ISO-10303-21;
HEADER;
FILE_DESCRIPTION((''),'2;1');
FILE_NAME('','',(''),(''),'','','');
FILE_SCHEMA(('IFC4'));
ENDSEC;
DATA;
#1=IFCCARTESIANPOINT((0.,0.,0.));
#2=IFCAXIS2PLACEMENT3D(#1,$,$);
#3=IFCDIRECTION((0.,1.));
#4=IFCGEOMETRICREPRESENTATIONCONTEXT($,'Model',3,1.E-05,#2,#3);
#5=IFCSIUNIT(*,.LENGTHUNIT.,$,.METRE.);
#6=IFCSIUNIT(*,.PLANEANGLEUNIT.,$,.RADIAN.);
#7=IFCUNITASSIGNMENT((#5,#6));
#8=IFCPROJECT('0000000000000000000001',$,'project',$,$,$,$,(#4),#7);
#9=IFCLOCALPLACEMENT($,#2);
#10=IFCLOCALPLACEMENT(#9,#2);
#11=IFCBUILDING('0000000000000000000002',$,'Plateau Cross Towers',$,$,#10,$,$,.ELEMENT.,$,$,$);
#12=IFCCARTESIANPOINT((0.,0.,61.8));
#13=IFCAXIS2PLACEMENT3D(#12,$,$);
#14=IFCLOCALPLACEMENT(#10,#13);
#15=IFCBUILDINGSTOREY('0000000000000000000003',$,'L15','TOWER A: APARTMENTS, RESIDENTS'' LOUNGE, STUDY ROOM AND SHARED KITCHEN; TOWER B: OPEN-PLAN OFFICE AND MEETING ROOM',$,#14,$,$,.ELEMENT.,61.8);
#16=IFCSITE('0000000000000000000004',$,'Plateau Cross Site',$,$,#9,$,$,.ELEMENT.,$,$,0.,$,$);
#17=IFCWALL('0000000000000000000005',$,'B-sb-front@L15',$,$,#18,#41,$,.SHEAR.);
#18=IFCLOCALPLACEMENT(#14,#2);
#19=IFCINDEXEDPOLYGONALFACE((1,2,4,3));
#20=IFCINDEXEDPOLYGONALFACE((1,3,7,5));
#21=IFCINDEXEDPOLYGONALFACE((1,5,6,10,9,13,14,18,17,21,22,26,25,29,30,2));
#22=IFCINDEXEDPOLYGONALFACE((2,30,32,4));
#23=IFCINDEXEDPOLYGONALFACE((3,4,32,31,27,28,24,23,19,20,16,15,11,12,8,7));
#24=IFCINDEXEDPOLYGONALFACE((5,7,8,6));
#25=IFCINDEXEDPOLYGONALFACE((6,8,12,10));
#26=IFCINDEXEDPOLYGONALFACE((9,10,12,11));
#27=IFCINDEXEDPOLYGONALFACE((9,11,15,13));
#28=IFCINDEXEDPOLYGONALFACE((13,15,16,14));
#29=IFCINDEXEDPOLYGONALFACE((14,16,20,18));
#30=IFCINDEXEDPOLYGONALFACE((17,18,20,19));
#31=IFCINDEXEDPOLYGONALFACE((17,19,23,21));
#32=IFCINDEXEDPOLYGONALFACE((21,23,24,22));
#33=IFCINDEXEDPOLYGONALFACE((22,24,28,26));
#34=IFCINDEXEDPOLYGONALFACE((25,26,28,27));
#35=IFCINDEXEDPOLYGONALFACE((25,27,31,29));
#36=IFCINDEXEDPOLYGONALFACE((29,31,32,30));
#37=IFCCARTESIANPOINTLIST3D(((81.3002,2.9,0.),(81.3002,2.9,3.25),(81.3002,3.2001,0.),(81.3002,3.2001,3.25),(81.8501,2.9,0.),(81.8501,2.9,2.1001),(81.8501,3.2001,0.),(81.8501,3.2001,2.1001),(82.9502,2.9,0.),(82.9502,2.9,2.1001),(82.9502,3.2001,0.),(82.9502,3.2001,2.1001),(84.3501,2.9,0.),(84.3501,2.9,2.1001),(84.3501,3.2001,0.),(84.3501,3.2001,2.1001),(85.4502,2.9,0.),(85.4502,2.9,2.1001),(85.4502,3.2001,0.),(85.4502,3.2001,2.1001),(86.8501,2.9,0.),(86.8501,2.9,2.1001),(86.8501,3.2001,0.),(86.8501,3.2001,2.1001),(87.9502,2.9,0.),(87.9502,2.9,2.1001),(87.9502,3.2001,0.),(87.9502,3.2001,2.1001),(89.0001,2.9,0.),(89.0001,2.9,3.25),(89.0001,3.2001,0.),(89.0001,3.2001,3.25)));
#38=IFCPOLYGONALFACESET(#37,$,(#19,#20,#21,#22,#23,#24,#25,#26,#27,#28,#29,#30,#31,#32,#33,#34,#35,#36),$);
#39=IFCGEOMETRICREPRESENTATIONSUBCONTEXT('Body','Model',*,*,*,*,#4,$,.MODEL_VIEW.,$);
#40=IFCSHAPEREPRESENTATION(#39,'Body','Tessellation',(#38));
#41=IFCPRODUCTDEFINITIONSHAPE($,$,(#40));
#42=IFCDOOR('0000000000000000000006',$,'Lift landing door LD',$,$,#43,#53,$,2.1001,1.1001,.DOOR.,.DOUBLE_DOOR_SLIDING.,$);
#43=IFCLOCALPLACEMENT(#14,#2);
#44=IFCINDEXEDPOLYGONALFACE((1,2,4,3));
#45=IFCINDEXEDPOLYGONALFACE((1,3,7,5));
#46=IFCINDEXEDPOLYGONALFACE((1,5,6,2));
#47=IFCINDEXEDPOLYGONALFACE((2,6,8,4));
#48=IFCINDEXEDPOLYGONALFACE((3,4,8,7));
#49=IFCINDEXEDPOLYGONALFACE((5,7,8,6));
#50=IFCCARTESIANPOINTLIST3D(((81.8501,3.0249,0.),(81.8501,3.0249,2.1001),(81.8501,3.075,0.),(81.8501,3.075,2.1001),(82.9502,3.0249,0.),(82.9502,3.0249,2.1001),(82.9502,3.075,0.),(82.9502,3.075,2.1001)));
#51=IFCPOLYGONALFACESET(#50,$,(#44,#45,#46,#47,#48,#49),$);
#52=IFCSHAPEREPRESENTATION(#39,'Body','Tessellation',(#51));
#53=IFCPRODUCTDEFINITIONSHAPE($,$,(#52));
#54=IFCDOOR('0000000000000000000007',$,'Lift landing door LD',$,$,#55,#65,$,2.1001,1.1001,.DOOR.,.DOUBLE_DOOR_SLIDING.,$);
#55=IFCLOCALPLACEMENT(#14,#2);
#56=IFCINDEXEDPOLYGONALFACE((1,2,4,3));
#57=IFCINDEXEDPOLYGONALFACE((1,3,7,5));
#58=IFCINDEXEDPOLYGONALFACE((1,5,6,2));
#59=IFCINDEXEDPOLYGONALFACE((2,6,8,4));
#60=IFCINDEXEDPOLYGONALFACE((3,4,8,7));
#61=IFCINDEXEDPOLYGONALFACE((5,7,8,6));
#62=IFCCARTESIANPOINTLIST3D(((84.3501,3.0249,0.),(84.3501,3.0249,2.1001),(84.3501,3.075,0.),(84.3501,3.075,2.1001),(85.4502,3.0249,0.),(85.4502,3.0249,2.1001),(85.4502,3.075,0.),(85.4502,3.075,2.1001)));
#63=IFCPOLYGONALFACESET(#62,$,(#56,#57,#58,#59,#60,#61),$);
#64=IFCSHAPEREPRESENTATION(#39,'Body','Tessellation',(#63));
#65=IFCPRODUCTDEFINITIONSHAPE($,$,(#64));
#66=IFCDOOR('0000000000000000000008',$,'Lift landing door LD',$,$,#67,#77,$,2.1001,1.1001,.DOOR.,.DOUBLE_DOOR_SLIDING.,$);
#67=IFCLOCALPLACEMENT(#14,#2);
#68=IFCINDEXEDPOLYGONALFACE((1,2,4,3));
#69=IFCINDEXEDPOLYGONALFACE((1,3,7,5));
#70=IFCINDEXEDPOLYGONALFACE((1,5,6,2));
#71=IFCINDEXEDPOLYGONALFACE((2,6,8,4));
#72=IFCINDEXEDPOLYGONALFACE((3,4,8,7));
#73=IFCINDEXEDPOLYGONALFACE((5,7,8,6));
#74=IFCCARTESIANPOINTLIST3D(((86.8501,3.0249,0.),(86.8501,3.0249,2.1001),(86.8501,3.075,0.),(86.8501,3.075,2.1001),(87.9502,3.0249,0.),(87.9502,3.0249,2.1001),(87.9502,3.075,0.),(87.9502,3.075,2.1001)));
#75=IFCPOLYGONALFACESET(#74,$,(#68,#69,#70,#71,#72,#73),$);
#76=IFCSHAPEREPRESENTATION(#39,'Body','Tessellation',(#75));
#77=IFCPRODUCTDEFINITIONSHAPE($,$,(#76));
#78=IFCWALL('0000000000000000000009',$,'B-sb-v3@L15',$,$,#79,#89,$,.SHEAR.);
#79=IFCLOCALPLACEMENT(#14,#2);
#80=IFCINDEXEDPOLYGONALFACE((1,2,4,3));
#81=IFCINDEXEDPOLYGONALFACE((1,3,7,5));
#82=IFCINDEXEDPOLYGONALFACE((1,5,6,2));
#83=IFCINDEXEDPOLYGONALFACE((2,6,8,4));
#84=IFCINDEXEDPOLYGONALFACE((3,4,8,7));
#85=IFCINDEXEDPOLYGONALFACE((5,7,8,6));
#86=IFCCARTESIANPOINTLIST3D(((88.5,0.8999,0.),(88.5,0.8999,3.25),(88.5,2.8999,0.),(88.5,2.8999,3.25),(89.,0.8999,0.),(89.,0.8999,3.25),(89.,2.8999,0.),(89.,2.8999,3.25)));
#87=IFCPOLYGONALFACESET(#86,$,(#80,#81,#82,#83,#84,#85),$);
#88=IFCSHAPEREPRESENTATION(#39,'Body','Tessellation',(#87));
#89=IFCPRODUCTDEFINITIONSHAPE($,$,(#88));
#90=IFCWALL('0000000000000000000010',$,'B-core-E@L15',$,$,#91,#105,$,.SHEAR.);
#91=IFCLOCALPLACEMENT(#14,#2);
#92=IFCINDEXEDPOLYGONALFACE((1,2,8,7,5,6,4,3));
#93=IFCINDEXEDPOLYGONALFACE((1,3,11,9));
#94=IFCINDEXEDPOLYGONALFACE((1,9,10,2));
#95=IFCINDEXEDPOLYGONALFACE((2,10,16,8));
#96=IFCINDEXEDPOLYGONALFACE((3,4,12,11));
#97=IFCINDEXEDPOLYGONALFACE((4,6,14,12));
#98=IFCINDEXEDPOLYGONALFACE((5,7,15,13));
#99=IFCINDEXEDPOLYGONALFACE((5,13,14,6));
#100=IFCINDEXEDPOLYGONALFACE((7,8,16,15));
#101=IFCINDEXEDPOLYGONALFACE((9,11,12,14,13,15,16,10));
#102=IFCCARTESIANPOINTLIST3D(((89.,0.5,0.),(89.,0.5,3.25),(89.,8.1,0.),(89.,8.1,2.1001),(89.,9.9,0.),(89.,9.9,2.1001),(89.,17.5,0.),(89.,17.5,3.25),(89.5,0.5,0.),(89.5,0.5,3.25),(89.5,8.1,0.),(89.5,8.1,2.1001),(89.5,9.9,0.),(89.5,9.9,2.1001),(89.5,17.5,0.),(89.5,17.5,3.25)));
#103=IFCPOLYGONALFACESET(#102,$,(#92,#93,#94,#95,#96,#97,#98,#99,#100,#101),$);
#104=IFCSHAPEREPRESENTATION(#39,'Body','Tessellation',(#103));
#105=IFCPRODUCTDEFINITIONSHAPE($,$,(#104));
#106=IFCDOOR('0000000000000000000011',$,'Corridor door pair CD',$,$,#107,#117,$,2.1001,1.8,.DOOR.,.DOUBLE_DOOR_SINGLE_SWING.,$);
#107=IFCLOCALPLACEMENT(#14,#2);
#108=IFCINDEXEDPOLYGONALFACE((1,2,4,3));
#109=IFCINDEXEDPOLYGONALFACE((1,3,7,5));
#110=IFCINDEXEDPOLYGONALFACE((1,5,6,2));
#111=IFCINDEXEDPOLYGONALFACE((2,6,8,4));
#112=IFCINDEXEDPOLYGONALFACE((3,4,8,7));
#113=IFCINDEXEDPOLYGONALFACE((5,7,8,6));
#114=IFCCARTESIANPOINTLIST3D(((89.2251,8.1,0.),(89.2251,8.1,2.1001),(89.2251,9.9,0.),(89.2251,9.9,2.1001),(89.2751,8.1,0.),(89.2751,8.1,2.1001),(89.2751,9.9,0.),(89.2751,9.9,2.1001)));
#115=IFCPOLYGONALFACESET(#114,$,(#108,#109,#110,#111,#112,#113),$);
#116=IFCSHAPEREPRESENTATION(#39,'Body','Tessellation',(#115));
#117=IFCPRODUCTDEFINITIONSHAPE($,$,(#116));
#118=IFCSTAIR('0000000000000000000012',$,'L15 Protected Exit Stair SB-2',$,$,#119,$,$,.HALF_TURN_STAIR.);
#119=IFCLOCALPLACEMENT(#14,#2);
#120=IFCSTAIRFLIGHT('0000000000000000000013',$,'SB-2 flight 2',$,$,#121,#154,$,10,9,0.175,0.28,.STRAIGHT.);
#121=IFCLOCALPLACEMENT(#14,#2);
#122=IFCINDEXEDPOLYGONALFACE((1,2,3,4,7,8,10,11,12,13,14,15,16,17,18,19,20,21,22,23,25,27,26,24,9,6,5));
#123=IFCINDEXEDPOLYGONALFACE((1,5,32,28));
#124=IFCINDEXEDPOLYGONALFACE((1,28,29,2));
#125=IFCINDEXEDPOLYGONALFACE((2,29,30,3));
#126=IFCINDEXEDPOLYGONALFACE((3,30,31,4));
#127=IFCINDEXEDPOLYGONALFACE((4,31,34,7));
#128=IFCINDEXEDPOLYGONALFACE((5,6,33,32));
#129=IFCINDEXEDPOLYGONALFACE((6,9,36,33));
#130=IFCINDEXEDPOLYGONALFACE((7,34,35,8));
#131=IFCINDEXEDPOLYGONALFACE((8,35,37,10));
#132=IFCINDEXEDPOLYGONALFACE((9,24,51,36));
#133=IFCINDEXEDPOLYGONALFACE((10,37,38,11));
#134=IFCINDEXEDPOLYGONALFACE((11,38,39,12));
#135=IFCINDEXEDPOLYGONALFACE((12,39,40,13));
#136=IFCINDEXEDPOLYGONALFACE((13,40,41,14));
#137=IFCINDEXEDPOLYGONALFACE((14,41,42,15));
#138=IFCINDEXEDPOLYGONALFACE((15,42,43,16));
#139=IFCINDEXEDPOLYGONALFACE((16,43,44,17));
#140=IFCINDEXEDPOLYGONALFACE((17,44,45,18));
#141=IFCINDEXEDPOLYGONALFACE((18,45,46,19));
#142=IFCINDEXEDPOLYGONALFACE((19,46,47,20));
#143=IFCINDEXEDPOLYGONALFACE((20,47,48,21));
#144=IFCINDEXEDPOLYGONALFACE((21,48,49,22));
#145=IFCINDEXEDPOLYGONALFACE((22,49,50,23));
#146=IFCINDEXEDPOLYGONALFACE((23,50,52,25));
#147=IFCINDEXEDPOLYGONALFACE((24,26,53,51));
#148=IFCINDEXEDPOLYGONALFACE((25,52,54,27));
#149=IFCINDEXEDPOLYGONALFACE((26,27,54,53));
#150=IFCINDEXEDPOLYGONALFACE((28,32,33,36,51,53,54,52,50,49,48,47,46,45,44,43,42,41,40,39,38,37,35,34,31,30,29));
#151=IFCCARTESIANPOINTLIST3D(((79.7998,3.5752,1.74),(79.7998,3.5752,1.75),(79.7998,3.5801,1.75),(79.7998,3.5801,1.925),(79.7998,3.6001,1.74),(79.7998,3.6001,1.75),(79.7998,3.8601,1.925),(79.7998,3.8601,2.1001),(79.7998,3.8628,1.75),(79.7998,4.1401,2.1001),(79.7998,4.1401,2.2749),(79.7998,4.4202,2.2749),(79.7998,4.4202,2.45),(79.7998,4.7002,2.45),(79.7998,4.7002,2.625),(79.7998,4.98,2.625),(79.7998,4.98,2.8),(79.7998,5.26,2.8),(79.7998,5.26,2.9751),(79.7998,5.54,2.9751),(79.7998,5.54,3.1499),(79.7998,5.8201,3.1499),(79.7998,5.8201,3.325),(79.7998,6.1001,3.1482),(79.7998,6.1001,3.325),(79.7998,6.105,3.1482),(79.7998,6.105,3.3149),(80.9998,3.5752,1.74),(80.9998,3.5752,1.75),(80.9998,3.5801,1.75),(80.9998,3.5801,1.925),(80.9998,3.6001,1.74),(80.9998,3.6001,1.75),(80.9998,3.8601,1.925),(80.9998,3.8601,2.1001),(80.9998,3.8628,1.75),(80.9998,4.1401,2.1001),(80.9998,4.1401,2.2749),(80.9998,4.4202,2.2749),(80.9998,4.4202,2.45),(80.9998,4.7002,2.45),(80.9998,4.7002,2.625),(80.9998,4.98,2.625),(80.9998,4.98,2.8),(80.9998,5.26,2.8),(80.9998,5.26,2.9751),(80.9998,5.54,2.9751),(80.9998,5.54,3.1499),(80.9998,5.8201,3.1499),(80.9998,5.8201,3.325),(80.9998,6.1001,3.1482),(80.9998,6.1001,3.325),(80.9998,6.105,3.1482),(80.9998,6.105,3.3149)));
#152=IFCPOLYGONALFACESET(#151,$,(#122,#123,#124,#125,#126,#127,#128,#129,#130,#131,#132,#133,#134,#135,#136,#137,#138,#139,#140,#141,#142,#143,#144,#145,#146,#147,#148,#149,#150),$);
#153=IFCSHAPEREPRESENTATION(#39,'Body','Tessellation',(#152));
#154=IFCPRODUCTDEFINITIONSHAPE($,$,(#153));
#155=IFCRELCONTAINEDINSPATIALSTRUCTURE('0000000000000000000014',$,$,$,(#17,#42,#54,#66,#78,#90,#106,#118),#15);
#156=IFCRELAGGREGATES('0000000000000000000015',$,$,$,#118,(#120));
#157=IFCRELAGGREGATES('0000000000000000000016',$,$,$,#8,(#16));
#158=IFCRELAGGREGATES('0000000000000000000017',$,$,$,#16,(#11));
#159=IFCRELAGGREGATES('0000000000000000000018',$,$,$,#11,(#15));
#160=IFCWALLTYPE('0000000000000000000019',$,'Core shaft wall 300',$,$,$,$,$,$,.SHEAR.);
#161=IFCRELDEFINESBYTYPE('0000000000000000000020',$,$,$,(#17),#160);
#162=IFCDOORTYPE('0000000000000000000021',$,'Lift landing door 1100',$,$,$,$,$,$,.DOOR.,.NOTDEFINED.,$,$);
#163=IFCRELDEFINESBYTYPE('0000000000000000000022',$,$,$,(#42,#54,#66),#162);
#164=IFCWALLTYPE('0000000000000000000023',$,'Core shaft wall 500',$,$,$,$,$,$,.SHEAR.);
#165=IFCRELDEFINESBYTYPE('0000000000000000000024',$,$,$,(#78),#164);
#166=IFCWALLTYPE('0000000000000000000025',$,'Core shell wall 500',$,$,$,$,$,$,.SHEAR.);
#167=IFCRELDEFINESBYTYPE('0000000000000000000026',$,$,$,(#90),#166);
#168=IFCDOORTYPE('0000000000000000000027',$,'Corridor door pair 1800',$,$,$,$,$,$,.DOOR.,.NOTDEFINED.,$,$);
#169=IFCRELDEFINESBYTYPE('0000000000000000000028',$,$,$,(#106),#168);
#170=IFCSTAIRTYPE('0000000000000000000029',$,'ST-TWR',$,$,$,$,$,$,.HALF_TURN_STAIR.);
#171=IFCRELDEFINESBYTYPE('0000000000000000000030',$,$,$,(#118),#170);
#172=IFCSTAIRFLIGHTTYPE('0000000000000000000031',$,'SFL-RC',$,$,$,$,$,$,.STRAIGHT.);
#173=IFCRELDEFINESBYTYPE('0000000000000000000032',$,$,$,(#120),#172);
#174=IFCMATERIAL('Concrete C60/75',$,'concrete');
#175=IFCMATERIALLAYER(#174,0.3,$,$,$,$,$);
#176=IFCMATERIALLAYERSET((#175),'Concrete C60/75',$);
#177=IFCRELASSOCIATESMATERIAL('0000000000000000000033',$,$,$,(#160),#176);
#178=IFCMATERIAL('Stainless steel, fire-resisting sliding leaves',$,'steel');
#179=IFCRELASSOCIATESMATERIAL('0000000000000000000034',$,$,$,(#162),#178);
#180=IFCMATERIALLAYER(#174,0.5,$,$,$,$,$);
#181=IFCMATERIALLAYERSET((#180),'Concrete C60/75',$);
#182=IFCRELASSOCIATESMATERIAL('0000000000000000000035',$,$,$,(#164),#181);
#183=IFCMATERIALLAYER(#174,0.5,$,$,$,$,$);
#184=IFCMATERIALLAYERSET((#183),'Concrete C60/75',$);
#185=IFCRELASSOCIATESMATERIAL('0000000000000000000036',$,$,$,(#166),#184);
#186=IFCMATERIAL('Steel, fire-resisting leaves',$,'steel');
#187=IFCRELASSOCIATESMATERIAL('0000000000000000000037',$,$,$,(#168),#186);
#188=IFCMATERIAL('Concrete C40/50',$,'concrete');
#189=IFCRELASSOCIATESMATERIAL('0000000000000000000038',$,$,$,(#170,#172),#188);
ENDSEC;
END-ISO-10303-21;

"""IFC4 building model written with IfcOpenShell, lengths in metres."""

from ifc_helpers import new_model, si_unit, direction, frame, frame_2d, origin, place, context, subcontext, project, spatial, polyline, rectangle, outline, extrude, material, layer, layer_set, type_object, element, fill, aggregate, save


model = new_model("IFC4")

# Units and contexts
model_context = context("Model", 3, precision=1e-05, world=origin(), true_north=direction((0.0, 1.0)))
body_context = subcontext(model_context, "Body", "Model", "MODEL_VIEW")
ifc_project = project(units=[si_unit("LENGTHUNIT", "METRE"), si_unit("PLANEANGLEUNIT", "RADIAN")], contexts=[model_context])

# Site, building, storey
site_placement = place(None, origin())
site = spatial("IfcSite", under=ifc_project, at=site_placement, Name="Plateau Cross Site", CompositionType="ELEMENT", RefElevation=0.0)
building_placement = place(site_placement, origin())
building = spatial("IfcBuilding", under=site, at=building_placement, Name="Plateau Cross Towers", CompositionType="ELEMENT")
storey_placement = place(building_placement, frame((0.0, 0.0, 61.8)))
storey = spatial("IfcBuildingStorey", under=building, at=storey_placement, Name="L15", Description="TOWER A: APARTMENTS, RESIDENTS' LOUNGE, STUDY ROOM AND SHARED KITCHEN; TOWER B: OPEN-PLAN OFFICE AND MEETING ROOM", CompositionType="ELEMENT", Elevation=61.8)

# Shared definitions
ifc_material_1 = material(Name="Concrete C60/75", Category="concrete")

# Shared definitions
ifc_layer_1 = layer(ifc_material_1, 0.3)
ifc_layer_set_1 = layer_set([ifc_layer_1], Name="Concrete C60/75")
wall_type_1 = type_object("IfcWallType", Name="Core shaft wall 300", PredefinedType="SHEAR", material=ifc_layer_set_1)

# Wall, openings, doors
wall_1_placement = place(storey_placement, frame((81.3, 3.05, 0.0), z_axis=(0.0, 0.0, 1.0), x_axis=(1.0, 0.0, 0.0)))
wall_1 = element("IfcWall", 1, at=wall_1_placement, inside=storey, type_object=wall_type_1, Name="B-sb-front@L15", PredefinedType="SHEAR", context=body_context, shape_type="SweptSolid", body=[
    extrude(rectangle(XDim=7.7, YDim=0.3, at=frame_2d((3.8501, 0.0))), origin(), (0.0, 0.0, 1.0), 3.25),
])
opening_1_placement = place(wall_1_placement, frame((0.55, 0.0, 0.0)))
opening_1 = element("IfcOpeningElement", 2, at=opening_1_placement, cuts=wall_1, PredefinedType="OPENING", context=body_context, shape_type="SweptSolid", body=[
    extrude(rectangle(XDim=1.1001, YDim=2.1001, at=frame_2d((0.55, 1.05))), frame((0.0, 0.1599, 0.0), z_axis=(0.0, -1.0, 0.0), x_axis=(1.0, 0.0, 0.0)), (0.0, 0.0, 1.0), 0.3201),
])
opening_2_placement = place(wall_1_placement, frame((3.05, 0.0, 0.0)))
opening_2 = element("IfcOpeningElement", 3, at=opening_2_placement, cuts=wall_1, PredefinedType="OPENING", context=body_context, shape_type="SweptSolid", body=[
    extrude(rectangle(XDim=1.1001, YDim=2.1001, at=frame_2d((0.55, 1.05))), frame((0.0, 0.1599, 0.0), z_axis=(0.0, -1.0, 0.0), x_axis=(1.0, 0.0, 0.0)), (0.0, 0.0, 1.0), 0.3201),
])
opening_3_placement = place(wall_1_placement, frame((5.55, 0.0, 0.0)))
opening_3 = element("IfcOpeningElement", 4, at=opening_3_placement, cuts=wall_1, PredefinedType="OPENING", context=body_context, shape_type="SweptSolid", body=[
    extrude(rectangle(XDim=1.1001, YDim=2.1001, at=frame_2d((0.55, 1.05))), frame((0.0, 0.1599, 0.0), z_axis=(0.0, -1.0, 0.0), x_axis=(1.0, 0.0, 0.0)), (0.0, 0.0, 1.0), 0.3201),
])
ifc_material_2 = material(Name="Stainless steel, fire-resisting sliding leaves", Category="steel")
door_type_1 = type_object("IfcDoorType", Name="Lift landing door 1100", OperationType="NOTDEFINED", PredefinedType="DOOR", material=ifc_material_2)
door_1_placement = place(opening_1_placement, origin())
door_1 = element("IfcDoor", 5, at=door_1_placement, inside=storey, type_object=door_type_1, Name="Lift landing door LD", OperationType="DOUBLE_DOOR_SLIDING", OverallHeight=2.1001, OverallWidth=1.1001, PredefinedType="DOOR", context=body_context, shape_type="SweptSolid", body=[
    extrude(rectangle(XDim=1.1001, YDim=2.1001, at=frame_2d((0.55, 1.05))), frame((0.0, 0.0249, 0.0), z_axis=(0.0, -1.0, 0.0), x_axis=(1.0, 0.0, 0.0)), (0.0, 0.0, 1.0), 0.05),
])
fill(opening_1, door_1)
door_2_placement = place(opening_2_placement, origin())
door_2 = element("IfcDoor", 6, at=door_2_placement, inside=storey, type_object=door_type_1, Name="Lift landing door LD", OperationType="DOUBLE_DOOR_SLIDING", OverallHeight=2.1001, OverallWidth=1.1001, PredefinedType="DOOR", context=body_context, shape_type="SweptSolid", body=[
    extrude(rectangle(XDim=1.1001, YDim=2.1001, at=frame_2d((0.55, 1.05))), frame((0.0, 0.0249, 0.0), z_axis=(0.0, -1.0, 0.0), x_axis=(1.0, 0.0, 0.0)), (0.0, 0.0, 1.0), 0.05),
])
fill(opening_2, door_2)
door_3_placement = place(opening_3_placement, origin())
door_3 = element("IfcDoor", 7, at=door_3_placement, inside=storey, type_object=door_type_1, Name="Lift landing door LD", OperationType="DOUBLE_DOOR_SLIDING", OverallHeight=2.1001, OverallWidth=1.1001, PredefinedType="DOOR", context=body_context, shape_type="SweptSolid", body=[
    extrude(rectangle(XDim=1.1001, YDim=2.1001, at=frame_2d((0.55, 1.05))), frame((0.0, 0.0249, 0.0), z_axis=(0.0, -1.0, 0.0), x_axis=(1.0, 0.0, 0.0)), (0.0, 0.0, 1.0), 0.05),
])
fill(opening_3, door_3)

# Wall
ifc_layer_2 = layer(ifc_material_1, 0.5)
ifc_layer_set_2 = layer_set([ifc_layer_2], Name="Concrete C60/75")
wall_type_2 = type_object("IfcWallType", Name="Core shaft wall 500", PredefinedType="SHEAR", material=ifc_layer_set_2)
wall_2_placement = place(storey_placement, frame((88.75, 0.8999, 0.0), z_axis=(0.0, 0.0, 1.0), x_axis=(0.0, 1.0, 0.0)))
element("IfcWall", 8, at=wall_2_placement, inside=storey, type_object=wall_type_2, Name="B-sb-v3@L15", PredefinedType="SHEAR", context=body_context, shape_type="SweptSolid", body=[
    extrude(rectangle(XDim=2.0, YDim=0.5, at=frame_2d((1.0, 0.0))), origin(), (0.0, 0.0, 1.0), 3.25),
])

# Wall, opening, door
ifc_layer_3 = layer(ifc_material_1, 0.5)
ifc_layer_set_3 = layer_set([ifc_layer_3], Name="Concrete C60/75")
wall_type_3 = type_object("IfcWallType", Name="Core shell wall 500", PredefinedType="SHEAR", material=ifc_layer_set_3)
wall_3_placement = place(storey_placement, frame((89.25, 0.5, 0.0), z_axis=(0.0, 0.0, 1.0), x_axis=(0.0, 1.0, 0.0)))
wall_3 = element("IfcWall", 9, at=wall_3_placement, inside=storey, type_object=wall_type_3, Name="B-core-E@L15", PredefinedType="SHEAR", context=body_context, shape_type="SweptSolid", body=[
    extrude(rectangle(XDim=17.0, YDim=0.5, at=frame_2d((8.5, 0.0))), origin(), (0.0, 0.0, 1.0), 3.25),
])
opening_4_placement = place(wall_3_placement, frame((7.6001, 0.0, 0.0)))
opening_4 = element("IfcOpeningElement", 10, at=opening_4_placement, cuts=wall_3, PredefinedType="OPENING", context=body_context, shape_type="SweptSolid", body=[
    extrude(rectangle(XDim=1.8, YDim=2.1001, at=frame_2d((0.8999, 1.05))), frame((0.0, 0.26, 0.0), z_axis=(0.0, -1.0, 0.0), x_axis=(1.0, 0.0, 0.0)), (0.0, 0.0, 1.0), 0.52),
])
ifc_material_3 = material(Name="Steel, fire-resisting leaves", Category="steel")
door_type_2 = type_object("IfcDoorType", Name="Corridor door pair 1800", OperationType="NOTDEFINED", PredefinedType="DOOR", material=ifc_material_3)
door_4_placement = place(opening_4_placement, origin())
door_4 = element("IfcDoor", 11, at=door_4_placement, inside=storey, type_object=door_type_2, Name="Corridor door pair CD", OperationType="DOUBLE_DOOR_SINGLE_SWING", OverallHeight=2.1001, OverallWidth=1.8, PredefinedType="DOOR", context=body_context, shape_type="SweptSolid", body=[
    extrude(rectangle(XDim=1.8, YDim=2.1001, at=frame_2d((0.8999, 1.05))), frame((0.0, 0.0249, 0.0), z_axis=(0.0, -1.0, 0.0), x_axis=(1.0, 0.0, 0.0)), (0.0, 0.0, 1.0), 0.05),
])
fill(opening_4, door_4)

# Stair, stair flight
ifc_material_4 = material(Name="Concrete C40/50", Category="concrete")
stair_type = type_object("IfcStairType", Name="ST-TWR", PredefinedType="HALF_TURN_STAIR", material=ifc_material_4)
stair_placement = place(storey_placement, origin())
stair = element("IfcStair", 12, at=stair_placement, inside=storey, type_object=stair_type, Name="L15 Protected Exit Stair SB-2", PredefinedType="HALF_TURN_STAIR")
stair_flight_type = type_object("IfcStairFlightType", Name="SFL-RC", PredefinedType="STRAIGHT", material=ifc_material_4)
stair_flight_placement = place(storey_placement, frame((80.3999, 3.5801, 1.75), z_axis=(0.0, 0.0, 1.0), x_axis=(0.0, 1.0, 0.0)))
stair_flight = element("IfcStairFlight", 13, at=stair_flight_placement, type_object=stair_flight_type, Name="SB-2 flight 2", NumberOfRisers=10, NumberOfTreads=9, PredefinedType="STRAIGHT", RiserHeight=0.175, TreadLength=0.28, context=body_context, shape_type="SweptSolid", body=[
    extrude(outline(polyline([(-0.0049, -0.01), (-0.0049, 0.0), (0.0, 0.0), (0.0, 0.175), (0.28, 0.175), (0.28, 0.3501), (0.5601, 0.3501), (0.5601, 0.5249), (0.8401, 0.5249), (0.8401, 0.7), (1.1201, 0.7), (1.1201, 0.875), (1.3999, 0.875), (1.3999, 1.05), (1.6799, 1.05), (1.6799, 1.2251), (1.96, 1.2251), (1.96, 1.3999), (2.24, 1.3999), (2.24, 1.575), (2.52, 1.575), (2.5249, 1.5649), (2.5249, 1.3982), (2.52, 1.3982), (0.2827, 0.0), (0.02, 0.0), (0.02, -0.01), (-0.0049, -0.01)])), frame((0.0, 0.6001, 0.0), z_axis=(0.0, -1.0, 0.0), x_axis=(1.0, 0.0, 0.0)), (0.0, 0.0, 1.0), 1.2),
])
aggregate(stair, [stair_flight])

save(model, "model.ifc")
